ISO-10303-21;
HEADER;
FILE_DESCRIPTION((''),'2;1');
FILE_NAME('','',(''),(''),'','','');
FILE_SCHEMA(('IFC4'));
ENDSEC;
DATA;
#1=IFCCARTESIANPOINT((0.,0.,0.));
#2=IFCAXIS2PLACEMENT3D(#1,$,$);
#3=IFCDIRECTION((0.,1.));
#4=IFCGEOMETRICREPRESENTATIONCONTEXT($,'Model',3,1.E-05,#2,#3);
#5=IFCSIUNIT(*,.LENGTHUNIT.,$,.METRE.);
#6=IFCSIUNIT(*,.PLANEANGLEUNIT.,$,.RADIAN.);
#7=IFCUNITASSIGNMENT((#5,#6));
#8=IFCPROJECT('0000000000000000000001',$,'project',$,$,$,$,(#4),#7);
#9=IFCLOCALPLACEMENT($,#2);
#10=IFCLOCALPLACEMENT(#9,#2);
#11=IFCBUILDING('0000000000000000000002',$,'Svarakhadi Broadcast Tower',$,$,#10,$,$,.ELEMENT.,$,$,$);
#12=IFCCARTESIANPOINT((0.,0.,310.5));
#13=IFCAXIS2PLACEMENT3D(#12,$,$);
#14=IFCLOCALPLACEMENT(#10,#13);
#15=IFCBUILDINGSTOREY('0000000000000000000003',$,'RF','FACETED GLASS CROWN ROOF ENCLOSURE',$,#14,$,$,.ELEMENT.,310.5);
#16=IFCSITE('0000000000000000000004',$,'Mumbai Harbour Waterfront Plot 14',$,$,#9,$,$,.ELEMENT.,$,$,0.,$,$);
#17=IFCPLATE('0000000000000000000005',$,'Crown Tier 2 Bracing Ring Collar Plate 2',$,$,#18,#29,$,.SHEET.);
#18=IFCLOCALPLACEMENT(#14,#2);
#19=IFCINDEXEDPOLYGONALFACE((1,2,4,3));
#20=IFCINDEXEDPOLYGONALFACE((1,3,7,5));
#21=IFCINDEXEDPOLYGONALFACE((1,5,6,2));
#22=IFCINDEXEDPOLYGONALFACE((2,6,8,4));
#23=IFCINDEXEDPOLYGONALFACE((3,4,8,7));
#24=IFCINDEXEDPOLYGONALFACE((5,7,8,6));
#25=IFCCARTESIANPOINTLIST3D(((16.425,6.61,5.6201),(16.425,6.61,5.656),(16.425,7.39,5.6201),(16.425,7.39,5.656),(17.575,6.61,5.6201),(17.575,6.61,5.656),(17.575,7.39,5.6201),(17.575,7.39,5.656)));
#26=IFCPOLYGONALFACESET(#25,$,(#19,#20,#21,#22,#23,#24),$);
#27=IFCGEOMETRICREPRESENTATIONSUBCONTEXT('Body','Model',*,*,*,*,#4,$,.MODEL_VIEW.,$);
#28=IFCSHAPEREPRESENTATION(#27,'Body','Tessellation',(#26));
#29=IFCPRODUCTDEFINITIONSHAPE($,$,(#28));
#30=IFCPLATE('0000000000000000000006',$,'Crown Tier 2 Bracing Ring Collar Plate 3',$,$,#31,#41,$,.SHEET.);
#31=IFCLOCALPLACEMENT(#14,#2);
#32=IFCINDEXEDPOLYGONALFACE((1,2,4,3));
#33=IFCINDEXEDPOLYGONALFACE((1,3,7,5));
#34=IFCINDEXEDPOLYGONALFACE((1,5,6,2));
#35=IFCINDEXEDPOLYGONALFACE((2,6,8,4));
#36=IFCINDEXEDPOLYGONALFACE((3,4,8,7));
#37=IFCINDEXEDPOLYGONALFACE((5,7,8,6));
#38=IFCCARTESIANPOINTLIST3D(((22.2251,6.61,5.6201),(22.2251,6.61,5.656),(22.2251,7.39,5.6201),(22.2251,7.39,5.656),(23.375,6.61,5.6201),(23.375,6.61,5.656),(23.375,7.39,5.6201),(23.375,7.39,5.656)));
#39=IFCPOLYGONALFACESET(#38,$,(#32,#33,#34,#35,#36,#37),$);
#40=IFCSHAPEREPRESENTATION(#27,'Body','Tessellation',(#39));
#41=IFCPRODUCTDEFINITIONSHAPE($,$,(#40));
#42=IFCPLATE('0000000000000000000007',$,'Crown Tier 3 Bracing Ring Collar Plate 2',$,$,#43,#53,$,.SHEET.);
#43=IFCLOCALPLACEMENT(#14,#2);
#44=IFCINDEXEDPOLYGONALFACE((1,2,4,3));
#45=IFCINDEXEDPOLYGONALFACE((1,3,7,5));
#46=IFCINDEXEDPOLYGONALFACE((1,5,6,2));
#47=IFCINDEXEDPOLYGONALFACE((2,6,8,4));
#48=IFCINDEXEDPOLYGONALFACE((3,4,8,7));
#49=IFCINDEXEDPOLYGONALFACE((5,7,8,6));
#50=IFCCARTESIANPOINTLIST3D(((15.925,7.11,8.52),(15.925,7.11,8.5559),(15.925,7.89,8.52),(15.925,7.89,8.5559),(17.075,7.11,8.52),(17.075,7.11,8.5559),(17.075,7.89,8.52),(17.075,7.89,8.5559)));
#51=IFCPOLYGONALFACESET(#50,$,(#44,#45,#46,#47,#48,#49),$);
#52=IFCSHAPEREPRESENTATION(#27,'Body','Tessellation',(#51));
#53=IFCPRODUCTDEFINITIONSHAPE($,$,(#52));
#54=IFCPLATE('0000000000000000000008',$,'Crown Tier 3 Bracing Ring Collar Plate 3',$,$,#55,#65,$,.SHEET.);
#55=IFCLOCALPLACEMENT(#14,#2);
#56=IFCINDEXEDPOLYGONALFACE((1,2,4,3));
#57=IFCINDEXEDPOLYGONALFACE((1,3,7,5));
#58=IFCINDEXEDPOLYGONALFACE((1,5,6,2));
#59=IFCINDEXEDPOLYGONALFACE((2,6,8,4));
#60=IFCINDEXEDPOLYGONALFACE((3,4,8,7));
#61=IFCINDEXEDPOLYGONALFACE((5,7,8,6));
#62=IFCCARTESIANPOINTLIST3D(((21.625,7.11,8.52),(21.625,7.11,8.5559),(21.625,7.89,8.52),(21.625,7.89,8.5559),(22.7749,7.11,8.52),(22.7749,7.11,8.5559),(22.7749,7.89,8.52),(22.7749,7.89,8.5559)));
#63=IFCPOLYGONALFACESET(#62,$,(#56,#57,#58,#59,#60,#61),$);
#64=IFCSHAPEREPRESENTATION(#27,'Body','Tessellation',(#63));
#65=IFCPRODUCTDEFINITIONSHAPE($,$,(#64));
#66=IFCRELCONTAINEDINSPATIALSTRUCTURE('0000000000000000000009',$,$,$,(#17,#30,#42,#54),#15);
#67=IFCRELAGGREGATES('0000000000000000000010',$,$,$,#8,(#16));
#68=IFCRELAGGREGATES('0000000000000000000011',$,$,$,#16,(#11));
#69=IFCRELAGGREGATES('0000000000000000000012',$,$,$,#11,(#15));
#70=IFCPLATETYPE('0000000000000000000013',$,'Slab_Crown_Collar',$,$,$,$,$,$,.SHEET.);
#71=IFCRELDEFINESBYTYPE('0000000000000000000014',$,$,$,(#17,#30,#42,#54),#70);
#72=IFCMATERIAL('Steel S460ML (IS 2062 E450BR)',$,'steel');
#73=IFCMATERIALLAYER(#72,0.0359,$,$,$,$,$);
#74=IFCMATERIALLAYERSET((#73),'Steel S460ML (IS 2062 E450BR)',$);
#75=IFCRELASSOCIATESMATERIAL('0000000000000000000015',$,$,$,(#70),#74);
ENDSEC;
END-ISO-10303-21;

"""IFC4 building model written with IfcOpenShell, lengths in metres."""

from ifc_helpers import new_model, si_unit, direction, frame, origin, origin_2d, place, context, subcontext, project, spatial, rectangle, extrude, material, layer, layer_set, type_object, element, save


model = new_model("IFC4")

# Units and contexts
model_context = context("Model", 3, precision=1e-05, world=origin(), true_north=direction((0.0, 1.0)))
body_context = subcontext(model_context, "Body", "Model", "MODEL_VIEW")
ifc_project = project(units=[si_unit("LENGTHUNIT", "METRE"), si_unit("PLANEANGLEUNIT", "RADIAN")], contexts=[model_context])

# Site, building, storey
site_placement = place(None, origin())
site = spatial("IfcSite", under=ifc_project, at=site_placement, Name="Mumbai Harbour Waterfront Plot 14", CompositionType="ELEMENT", RefElevation=0.0)
building_placement = place(site_placement, origin())
building = spatial("IfcBuilding", under=site, at=building_placement, Name="Svarakhadi Broadcast Tower", CompositionType="ELEMENT")
storey_placement = place(building_placement, frame((0.0, 0.0, 310.5)))
storey = spatial("IfcBuildingStorey", under=building, at=storey_placement, Name="RF", Description="FACETED GLASS CROWN ROOF ENCLOSURE", CompositionType="ELEMENT", Elevation=310.5)

# Shared definitions
ifc_material_1 = material(Name="Steel S460ML (IS 2062 E450BR)", Category="steel")

# Plates
ifc_layer_1 = layer(ifc_material_1, 0.0359)
ifc_layer_set_1 = layer_set([ifc_layer_1], Name="Steel S460ML (IS 2062 E450BR)")
plate_type_1 = type_object("IfcPlateType", Name="Slab_Crown_Collar", PredefinedType="SHEET", material=ifc_layer_set_1)
for number, where, z_axis, x_axis, name in (
    (1, (17.0, 7.0, 5.6201), (0.0, 0.0, 1.0), (1.0, 0.0, 0.0), "Crown Tier 2 Bracing Ring Collar Plate 2"),
    (2, (22.8, 7.0, 5.6201), (0.0, 0.0, 1.0), (1.0, 0.0, 0.0), "Crown Tier 2 Bracing Ring Collar Plate 3"),
    (3, (16.5, 7.5, 8.52), (0.0, 0.0, 1.0), (1.0, 0.0, 0.0), "Crown Tier 3 Bracing Ring Collar Plate 2"),
    (4, (22.2, 7.5, 8.52), (0.0, 0.0, 1.0), (1.0, 0.0, 0.0), "Crown Tier 3 Bracing Ring Collar Plate 3"),
):
    element("IfcPlate", number, at=place(storey_placement, frame(where, z_axis=z_axis, x_axis=x_axis)), inside=storey, type_object=plate_type_1, Name=name, PredefinedType="SHEET", context=body_context, shape_type="SweptSolid", body=[
        extrude(rectangle(XDim=1.1499, YDim=0.78, at=origin_2d()), origin(), (0.0, 0.0, 1.0), 0.0359),
    ])

save(model, "model.ifc")
